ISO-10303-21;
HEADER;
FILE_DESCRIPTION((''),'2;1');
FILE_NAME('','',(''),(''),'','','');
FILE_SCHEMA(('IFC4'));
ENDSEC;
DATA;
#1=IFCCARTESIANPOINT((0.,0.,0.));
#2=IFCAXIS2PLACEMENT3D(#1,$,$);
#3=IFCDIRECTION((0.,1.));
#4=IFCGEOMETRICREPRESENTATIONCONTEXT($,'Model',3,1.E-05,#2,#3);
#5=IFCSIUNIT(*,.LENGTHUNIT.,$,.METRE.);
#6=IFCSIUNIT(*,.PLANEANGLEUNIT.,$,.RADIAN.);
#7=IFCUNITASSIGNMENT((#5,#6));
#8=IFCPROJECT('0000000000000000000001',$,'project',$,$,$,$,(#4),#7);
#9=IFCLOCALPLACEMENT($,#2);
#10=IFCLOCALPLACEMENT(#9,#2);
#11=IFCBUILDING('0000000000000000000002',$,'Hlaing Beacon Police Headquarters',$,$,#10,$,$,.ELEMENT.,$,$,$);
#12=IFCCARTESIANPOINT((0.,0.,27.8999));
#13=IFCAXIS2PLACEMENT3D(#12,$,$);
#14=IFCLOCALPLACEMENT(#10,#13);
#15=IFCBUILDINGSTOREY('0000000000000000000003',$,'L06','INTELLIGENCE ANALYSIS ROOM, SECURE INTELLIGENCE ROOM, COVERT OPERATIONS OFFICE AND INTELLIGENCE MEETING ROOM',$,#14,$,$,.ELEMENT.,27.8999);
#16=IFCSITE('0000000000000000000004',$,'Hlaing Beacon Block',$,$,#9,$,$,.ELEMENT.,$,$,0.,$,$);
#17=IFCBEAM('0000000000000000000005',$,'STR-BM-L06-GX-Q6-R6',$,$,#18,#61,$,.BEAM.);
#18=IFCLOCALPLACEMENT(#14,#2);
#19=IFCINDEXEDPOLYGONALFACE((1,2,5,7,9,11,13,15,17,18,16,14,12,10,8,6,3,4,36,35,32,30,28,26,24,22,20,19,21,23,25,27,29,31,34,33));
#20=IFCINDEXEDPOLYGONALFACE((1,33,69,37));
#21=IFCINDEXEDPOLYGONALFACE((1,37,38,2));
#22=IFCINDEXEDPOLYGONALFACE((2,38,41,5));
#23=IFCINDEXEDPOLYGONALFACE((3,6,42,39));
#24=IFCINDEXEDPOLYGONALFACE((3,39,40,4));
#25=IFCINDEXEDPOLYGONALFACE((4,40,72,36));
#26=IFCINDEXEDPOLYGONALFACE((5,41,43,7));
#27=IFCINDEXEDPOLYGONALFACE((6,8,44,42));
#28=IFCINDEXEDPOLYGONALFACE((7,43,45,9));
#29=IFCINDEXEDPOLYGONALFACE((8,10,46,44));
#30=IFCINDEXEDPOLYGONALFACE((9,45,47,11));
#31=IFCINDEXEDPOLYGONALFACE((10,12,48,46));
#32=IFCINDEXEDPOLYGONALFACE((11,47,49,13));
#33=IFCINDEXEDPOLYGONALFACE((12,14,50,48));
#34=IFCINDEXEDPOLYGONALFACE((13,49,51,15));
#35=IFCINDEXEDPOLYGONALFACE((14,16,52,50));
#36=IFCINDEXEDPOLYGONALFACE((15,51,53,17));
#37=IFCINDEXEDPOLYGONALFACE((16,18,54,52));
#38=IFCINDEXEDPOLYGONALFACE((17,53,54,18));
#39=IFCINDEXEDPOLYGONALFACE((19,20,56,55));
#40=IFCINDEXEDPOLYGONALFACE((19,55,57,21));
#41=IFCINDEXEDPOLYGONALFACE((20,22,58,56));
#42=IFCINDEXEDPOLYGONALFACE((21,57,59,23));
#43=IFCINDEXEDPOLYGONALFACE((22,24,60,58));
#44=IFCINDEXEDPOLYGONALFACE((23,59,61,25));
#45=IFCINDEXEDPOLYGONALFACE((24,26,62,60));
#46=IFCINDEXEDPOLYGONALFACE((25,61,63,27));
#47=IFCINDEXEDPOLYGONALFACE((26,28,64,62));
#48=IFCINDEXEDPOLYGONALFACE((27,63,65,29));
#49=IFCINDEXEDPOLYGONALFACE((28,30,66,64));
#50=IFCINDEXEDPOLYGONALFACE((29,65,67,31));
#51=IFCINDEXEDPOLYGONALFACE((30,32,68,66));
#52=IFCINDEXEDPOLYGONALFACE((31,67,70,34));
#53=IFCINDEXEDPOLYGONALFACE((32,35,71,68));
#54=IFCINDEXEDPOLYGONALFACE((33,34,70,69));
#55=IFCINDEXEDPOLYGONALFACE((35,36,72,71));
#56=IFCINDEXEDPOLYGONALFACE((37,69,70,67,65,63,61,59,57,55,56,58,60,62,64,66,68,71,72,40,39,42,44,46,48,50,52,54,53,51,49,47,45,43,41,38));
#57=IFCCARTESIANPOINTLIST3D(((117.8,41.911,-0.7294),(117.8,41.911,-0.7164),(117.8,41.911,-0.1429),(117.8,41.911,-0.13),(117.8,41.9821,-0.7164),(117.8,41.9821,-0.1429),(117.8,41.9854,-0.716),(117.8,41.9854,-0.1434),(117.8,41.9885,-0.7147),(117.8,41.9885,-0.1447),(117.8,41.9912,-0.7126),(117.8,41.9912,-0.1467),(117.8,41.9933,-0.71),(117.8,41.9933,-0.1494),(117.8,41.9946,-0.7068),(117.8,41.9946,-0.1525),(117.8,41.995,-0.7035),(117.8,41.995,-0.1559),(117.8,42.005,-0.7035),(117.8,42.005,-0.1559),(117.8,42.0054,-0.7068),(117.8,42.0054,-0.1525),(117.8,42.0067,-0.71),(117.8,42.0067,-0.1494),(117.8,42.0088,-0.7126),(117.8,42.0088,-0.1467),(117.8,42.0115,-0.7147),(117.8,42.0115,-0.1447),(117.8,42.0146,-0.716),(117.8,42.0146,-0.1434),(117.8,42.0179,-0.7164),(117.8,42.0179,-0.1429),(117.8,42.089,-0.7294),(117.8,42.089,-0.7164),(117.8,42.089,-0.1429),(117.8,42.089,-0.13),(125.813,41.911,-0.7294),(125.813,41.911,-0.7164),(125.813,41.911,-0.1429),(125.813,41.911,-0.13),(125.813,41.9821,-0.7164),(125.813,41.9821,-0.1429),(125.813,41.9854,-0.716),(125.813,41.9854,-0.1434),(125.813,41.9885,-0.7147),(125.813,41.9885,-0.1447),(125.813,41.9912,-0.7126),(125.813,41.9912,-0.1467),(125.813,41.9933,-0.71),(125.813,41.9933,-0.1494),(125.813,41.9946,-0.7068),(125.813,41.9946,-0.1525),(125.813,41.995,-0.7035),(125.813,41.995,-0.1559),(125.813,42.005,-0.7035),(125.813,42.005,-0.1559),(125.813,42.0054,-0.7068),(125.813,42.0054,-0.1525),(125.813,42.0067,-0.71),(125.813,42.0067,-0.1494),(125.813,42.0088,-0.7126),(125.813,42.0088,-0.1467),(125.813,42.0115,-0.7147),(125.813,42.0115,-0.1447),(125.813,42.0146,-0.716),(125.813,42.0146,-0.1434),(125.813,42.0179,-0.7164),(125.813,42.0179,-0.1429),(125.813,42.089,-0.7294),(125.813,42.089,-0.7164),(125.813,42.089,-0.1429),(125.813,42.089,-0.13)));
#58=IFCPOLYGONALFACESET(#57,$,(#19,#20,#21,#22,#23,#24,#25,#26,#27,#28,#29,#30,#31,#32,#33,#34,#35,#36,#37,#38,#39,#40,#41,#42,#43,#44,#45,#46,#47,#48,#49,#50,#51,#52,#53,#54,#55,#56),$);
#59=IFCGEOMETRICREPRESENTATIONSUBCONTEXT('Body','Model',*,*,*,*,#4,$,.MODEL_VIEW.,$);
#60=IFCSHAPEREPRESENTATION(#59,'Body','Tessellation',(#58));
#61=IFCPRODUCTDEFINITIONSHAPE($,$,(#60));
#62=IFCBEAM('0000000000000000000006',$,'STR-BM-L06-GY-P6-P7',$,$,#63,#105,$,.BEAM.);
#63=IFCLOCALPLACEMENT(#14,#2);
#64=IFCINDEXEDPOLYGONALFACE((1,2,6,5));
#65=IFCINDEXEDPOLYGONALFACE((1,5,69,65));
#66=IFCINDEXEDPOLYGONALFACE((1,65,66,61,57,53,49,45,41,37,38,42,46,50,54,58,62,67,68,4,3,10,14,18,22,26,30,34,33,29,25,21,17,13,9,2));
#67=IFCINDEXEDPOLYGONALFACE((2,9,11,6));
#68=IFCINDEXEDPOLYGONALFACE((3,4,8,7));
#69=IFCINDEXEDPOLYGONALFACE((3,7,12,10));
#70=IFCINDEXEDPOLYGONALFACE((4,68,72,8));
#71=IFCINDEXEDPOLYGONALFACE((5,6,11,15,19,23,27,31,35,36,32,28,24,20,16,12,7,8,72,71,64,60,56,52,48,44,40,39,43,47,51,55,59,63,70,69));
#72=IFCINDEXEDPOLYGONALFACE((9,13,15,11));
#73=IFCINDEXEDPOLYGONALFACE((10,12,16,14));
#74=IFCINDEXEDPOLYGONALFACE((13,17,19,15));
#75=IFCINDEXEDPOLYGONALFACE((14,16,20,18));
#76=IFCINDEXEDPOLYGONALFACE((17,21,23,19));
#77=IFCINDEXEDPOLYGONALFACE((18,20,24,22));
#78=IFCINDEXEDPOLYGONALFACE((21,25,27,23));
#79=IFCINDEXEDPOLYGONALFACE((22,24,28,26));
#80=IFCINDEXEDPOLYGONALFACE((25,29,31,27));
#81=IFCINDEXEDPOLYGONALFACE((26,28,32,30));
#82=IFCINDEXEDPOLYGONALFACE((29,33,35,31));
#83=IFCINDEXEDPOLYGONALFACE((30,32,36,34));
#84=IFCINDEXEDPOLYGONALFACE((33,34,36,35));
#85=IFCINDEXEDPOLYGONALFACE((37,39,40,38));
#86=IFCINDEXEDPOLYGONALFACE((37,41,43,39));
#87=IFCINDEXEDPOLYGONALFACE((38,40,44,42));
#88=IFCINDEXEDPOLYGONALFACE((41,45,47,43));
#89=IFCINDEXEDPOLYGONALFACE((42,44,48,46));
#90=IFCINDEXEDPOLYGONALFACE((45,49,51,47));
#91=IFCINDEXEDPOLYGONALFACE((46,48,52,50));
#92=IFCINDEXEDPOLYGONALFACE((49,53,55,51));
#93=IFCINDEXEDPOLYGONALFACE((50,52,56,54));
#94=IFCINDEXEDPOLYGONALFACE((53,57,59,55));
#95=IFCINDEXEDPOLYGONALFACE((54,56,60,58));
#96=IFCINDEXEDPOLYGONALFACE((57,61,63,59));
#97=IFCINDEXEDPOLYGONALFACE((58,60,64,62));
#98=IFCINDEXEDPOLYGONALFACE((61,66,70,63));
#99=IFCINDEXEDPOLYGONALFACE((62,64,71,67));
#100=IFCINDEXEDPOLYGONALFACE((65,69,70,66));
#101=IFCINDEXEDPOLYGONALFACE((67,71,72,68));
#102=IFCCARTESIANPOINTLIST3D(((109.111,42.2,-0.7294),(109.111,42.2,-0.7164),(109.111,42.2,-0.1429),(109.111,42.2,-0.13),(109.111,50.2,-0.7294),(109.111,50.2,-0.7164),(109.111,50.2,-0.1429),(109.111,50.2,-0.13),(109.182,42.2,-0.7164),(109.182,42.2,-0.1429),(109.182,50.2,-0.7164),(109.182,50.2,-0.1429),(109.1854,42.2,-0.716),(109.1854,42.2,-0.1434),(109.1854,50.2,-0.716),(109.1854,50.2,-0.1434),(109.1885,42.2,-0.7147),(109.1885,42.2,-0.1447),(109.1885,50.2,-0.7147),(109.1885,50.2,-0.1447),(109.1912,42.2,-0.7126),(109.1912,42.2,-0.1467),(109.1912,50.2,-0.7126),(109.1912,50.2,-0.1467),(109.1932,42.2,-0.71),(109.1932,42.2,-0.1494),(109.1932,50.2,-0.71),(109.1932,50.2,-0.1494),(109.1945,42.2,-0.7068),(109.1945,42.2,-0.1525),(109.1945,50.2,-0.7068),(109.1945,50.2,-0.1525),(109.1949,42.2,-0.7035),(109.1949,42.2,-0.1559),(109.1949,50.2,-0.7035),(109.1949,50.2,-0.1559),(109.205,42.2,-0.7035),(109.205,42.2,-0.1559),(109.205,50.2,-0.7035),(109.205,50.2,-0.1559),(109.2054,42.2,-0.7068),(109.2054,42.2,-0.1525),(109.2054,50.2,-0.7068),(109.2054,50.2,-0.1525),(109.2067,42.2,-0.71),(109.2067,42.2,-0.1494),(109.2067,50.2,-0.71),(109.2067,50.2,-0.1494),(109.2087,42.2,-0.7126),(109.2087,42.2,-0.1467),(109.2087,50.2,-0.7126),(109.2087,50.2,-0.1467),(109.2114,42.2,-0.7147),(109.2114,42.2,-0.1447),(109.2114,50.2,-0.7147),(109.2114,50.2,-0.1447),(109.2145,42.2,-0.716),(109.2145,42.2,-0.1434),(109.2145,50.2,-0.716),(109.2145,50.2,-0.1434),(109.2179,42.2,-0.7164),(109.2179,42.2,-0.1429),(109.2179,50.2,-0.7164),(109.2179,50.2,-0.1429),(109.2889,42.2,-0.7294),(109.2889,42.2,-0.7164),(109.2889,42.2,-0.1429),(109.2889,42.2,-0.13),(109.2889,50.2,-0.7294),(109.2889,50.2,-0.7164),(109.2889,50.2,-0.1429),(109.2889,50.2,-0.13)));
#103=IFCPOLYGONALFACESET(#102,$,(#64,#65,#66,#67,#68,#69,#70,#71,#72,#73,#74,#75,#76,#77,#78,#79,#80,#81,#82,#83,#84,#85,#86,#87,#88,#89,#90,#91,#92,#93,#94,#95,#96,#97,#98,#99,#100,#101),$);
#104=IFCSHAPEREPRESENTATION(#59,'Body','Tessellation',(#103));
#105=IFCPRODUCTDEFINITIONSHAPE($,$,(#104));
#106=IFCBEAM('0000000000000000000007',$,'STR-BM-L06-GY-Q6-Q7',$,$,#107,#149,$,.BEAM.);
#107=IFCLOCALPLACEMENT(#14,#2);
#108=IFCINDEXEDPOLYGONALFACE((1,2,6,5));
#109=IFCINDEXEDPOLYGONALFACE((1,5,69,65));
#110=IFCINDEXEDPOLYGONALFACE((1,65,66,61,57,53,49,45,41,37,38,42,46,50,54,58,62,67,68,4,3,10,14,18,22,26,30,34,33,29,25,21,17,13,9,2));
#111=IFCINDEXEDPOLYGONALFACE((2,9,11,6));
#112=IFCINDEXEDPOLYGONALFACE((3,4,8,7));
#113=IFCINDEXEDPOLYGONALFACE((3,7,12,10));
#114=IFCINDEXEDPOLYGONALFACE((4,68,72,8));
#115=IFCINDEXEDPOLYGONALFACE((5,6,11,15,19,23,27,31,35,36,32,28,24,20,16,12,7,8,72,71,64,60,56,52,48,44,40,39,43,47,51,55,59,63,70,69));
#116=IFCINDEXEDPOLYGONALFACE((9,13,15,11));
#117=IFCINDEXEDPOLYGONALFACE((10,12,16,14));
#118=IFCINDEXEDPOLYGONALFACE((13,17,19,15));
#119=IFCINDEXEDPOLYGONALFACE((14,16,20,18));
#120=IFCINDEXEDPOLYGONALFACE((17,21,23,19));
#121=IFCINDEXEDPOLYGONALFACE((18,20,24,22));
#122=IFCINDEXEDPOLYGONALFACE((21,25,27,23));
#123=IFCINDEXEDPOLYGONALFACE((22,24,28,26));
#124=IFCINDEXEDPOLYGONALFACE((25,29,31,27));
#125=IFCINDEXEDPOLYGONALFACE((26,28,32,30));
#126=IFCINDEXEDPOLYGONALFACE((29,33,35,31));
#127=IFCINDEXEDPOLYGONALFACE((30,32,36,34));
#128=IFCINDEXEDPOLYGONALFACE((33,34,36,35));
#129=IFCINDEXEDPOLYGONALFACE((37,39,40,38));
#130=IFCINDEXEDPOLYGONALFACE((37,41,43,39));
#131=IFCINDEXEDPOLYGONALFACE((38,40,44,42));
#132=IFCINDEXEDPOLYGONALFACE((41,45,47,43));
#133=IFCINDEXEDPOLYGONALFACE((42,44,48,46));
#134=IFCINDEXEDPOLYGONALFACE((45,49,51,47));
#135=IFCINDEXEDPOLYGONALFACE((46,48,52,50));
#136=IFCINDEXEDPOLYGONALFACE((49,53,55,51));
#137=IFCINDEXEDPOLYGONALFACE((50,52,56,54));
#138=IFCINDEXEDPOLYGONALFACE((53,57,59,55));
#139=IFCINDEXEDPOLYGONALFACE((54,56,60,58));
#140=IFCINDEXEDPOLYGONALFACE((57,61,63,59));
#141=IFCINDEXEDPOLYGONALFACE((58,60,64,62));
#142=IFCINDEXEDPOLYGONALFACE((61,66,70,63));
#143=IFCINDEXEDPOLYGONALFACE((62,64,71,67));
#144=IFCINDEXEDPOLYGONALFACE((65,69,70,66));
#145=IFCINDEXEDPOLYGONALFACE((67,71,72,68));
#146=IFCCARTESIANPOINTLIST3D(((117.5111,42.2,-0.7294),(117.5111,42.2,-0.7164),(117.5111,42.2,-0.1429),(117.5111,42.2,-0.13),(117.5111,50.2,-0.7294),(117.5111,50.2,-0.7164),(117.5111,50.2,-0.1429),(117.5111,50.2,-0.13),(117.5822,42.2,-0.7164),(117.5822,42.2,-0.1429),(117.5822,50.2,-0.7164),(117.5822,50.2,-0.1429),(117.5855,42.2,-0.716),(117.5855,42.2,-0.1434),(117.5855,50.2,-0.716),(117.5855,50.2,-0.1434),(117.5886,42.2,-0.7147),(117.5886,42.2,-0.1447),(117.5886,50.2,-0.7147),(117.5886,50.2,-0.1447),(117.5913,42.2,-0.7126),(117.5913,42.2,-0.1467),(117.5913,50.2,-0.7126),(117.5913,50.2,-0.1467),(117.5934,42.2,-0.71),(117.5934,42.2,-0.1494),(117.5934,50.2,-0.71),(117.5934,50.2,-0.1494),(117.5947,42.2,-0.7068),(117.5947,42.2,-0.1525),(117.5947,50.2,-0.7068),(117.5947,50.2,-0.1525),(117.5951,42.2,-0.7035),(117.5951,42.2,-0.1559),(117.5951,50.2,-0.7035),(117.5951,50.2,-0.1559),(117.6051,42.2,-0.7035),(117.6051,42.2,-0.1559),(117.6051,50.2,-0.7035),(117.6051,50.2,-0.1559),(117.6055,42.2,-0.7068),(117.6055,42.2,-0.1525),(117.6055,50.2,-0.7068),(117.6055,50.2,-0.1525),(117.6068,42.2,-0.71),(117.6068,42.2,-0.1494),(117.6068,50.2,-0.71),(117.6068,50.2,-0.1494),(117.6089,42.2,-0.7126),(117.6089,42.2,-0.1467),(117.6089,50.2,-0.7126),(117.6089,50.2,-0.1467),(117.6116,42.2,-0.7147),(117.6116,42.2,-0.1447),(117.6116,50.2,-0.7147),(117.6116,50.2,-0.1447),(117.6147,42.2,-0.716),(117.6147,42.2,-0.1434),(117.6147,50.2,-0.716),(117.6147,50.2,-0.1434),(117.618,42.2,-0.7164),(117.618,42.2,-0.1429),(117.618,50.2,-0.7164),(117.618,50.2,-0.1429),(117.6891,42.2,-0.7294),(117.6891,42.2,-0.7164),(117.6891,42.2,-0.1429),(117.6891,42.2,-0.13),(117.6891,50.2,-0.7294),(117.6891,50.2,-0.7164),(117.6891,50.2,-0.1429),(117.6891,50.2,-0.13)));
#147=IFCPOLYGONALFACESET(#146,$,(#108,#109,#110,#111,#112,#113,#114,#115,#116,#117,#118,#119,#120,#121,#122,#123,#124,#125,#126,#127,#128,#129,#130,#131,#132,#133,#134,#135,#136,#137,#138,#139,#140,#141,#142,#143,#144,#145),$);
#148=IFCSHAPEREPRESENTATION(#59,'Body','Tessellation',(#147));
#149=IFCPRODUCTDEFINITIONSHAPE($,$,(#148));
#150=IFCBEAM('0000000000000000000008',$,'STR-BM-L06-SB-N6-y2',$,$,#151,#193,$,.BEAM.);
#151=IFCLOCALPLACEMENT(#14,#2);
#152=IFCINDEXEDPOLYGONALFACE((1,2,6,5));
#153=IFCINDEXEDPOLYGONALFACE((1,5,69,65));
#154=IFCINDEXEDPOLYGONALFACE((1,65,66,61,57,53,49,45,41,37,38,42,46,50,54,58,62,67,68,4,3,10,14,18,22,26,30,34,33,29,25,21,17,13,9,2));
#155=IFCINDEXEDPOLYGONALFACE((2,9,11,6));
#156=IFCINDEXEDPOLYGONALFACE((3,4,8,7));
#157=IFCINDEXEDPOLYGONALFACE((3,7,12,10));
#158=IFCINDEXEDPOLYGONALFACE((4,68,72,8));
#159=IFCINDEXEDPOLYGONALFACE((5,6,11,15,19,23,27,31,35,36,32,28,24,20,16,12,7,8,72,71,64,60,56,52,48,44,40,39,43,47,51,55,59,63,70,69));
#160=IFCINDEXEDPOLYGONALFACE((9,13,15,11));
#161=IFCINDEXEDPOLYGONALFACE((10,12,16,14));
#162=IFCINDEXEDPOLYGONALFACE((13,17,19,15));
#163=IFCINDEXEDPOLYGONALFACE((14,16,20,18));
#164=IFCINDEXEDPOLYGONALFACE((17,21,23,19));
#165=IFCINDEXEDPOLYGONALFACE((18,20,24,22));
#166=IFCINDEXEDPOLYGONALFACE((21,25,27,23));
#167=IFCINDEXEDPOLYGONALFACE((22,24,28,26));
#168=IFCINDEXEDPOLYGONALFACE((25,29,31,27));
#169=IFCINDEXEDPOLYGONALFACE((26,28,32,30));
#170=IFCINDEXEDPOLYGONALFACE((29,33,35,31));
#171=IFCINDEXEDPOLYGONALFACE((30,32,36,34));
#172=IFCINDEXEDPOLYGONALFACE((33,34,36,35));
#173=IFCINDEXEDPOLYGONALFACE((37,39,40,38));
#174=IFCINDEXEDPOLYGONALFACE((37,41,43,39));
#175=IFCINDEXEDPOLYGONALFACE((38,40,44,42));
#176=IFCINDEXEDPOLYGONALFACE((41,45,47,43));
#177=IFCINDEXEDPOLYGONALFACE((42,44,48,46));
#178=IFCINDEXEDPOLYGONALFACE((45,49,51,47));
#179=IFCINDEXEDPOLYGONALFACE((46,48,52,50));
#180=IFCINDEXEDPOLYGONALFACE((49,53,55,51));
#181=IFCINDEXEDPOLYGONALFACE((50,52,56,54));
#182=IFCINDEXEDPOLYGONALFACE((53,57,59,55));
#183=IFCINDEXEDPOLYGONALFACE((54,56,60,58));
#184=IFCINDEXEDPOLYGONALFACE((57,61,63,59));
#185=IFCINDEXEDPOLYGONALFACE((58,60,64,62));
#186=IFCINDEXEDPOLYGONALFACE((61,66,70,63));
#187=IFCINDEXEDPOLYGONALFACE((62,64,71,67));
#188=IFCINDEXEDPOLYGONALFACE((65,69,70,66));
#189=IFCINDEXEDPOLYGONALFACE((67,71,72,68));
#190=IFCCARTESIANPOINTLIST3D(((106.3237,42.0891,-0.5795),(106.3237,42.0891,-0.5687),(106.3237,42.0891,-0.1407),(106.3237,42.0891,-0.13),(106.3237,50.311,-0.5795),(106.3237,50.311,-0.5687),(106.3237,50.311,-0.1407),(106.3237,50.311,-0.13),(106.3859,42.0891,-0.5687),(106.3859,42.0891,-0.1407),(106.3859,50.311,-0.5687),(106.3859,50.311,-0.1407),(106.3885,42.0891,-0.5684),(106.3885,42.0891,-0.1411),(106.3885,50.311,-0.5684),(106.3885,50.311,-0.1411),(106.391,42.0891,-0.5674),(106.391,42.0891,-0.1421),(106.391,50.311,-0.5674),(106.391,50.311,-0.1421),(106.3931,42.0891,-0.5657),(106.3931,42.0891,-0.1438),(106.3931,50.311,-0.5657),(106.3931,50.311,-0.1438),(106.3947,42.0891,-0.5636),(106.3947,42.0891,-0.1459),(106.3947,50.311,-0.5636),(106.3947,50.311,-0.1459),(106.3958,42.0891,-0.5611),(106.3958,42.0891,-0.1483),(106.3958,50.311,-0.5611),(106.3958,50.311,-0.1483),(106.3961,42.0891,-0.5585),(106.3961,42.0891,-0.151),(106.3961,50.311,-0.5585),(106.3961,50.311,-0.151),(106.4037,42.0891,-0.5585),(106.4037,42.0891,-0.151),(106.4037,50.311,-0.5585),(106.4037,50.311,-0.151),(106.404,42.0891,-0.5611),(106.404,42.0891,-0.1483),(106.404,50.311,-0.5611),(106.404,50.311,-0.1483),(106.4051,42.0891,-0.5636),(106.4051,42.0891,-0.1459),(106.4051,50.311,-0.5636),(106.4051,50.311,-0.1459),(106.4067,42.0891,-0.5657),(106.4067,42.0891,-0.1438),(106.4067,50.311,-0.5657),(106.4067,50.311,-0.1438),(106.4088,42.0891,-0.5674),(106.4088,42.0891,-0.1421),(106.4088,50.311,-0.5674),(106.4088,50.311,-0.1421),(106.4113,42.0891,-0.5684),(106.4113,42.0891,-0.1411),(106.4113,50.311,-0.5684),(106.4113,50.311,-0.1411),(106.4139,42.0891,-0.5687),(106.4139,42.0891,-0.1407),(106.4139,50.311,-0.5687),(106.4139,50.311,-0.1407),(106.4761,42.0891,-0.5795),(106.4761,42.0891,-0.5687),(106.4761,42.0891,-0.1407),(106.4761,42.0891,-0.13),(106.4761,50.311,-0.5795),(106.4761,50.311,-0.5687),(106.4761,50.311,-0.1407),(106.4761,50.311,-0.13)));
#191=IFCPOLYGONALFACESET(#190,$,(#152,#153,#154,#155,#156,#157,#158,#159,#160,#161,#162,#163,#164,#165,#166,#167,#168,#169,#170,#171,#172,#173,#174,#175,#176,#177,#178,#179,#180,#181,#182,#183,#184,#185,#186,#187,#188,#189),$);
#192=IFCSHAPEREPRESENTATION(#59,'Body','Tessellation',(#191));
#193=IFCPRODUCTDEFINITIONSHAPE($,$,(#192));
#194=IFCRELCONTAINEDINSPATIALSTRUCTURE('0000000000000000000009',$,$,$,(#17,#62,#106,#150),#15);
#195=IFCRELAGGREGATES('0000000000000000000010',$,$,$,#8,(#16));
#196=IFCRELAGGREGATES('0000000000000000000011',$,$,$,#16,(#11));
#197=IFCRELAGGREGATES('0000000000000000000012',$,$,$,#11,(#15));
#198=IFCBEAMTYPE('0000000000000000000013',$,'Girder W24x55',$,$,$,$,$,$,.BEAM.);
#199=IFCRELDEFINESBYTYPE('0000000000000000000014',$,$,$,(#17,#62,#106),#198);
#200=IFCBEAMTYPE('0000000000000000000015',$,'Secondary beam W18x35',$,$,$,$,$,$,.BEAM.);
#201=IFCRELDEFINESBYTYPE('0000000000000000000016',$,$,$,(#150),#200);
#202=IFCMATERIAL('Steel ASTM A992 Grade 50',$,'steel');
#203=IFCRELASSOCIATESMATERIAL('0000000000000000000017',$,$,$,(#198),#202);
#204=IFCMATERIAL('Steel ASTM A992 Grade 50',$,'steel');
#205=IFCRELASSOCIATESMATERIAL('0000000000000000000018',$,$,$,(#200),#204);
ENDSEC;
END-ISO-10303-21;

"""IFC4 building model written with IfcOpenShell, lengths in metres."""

from ifc_helpers import new_model, si_unit, direction, frame, origin, origin_2d, place, context, subcontext, project, spatial, i_section, extrude, material, material_profile, profile_set, type_object, element, save


model = new_model("IFC4")

# Units and contexts
model_context = context("Model", 3, precision=1e-05, world=origin(), true_north=direction((0.0, 1.0)))
body_context = subcontext(model_context, "Body", "Model", "MODEL_VIEW")
ifc_project = project(units=[si_unit("LENGTHUNIT", "METRE"), si_unit("PLANEANGLEUNIT", "RADIAN")], contexts=[model_context])

# Site, building, storey
site_placement = place(None, origin())
site = spatial("IfcSite", under=ifc_project, at=site_placement, Name="Hlaing Beacon Block", CompositionType="ELEMENT", RefElevation=0.0)
building_placement = place(site_placement, origin())
building = spatial("IfcBuilding", under=site, at=building_placement, Name="Hlaing Beacon Police Headquarters", CompositionType="ELEMENT")
storey_placement = place(building_placement, frame((0.0, 0.0, 27.8999)))
storey = spatial("IfcBuildingStorey", under=building, at=storey_placement, Name="L06", Description="INTELLIGENCE ANALYSIS ROOM, SECURE INTELLIGENCE ROOM, COVERT OPERATIONS OFFICE AND INTELLIGENCE MEETING ROOM", CompositionType="ELEMENT", Elevation=27.8999)

# Beams
ifc_material_1 = material(Name="Steel ASTM A992 Grade 50", Category="steel")
ifc_material_profile_1 = material_profile(ifc_material_1, i_section(OverallWidth=0.178, OverallDepth=0.5994, WebThickness=0.01, FlangeThickness=0.0129, FilletRadius=0.0129, at=origin_2d()), Name="W24x55")
ifc_profile_set_1 = profile_set([ifc_material_profile_1], Name="Steel ASTM A992 Grade 50")
beam_type_1 = type_object("IfcBeamType", Name="Girder W24x55", PredefinedType="BEAM", material=ifc_profile_set_1)
beam_placement = place(storey_placement, frame((117.8, 42.0, -0.4297), z_axis=(1.0, 0.0, 0.0), x_axis=(0.0, 1.0, 0.0)))
element("IfcBeam", 1, at=beam_placement, inside=storey, type_object=beam_type_1, Name="STR-BM-L06-GX-Q6-R6", PredefinedType="BEAM", context=body_context, shape_type="SweptSolid", body=[
    extrude(i_section(OverallWidth=0.178, OverallDepth=0.5994, WebThickness=0.01, FlangeThickness=0.0129, FilletRadius=0.0129, at=origin_2d()), origin(), (0.0, 0.0, 1.0), 8.0129),
])
for number, where, z_axis, x_axis, name in (
    (2, (109.2, 42.2, -0.4297), (0.0, 1.0, 0.0), (-1.0, 0.0, 0.0), "STR-BM-L06-GY-P6-P7"),
    (3, (117.6001, 42.2, -0.4297), (0.0, 1.0, 0.0), (-1.0, 0.0, 0.0), "STR-BM-L06-GY-Q6-Q7"),
):
    element("IfcBeam", number, at=place(storey_placement, frame(where, z_axis=z_axis, x_axis=x_axis)), inside=storey, type_object=beam_type_1, Name=name, PredefinedType="BEAM", context=body_context, shape_type="SweptSolid", body=[
        extrude(i_section(OverallWidth=0.178, OverallDepth=0.5994, WebThickness=0.01, FlangeThickness=0.0129, FilletRadius=0.0129, at=origin_2d()), origin(), (0.0, 0.0, 1.0), 8.0),
    ])
ifc_material_2 = material(Name="Steel ASTM A992 Grade 50", Category="steel")
ifc_material_profile_2 = material_profile(ifc_material_2, i_section(OverallWidth=0.1523, OverallDepth=0.4495, WebThickness=0.0076, FlangeThickness=0.0107, FilletRadius=0.0103, at=origin_2d()), Name="W18x35")
ifc_profile_set_2 = profile_set([ifc_material_profile_2], Name="Steel ASTM A992 Grade 50")
beam_type_2 = type_object("IfcBeamType", Name="Secondary beam W18x35", PredefinedType="BEAM", material=ifc_profile_set_2)
for number, where, z_axis, x_axis, name in (
    (4, (106.3999, 42.0891, -0.3547), (0.0, 1.0, 0.0), (-1.0, 0.0, 0.0), "STR-BM-L06-SB-N6-y2"),
):
    element("IfcBeam", number, at=place(storey_placement, frame(where, z_axis=z_axis, x_axis=x_axis)), inside=storey, type_object=beam_type_2, Name=name, PredefinedType="BEAM", context=body_context, shape_type="SweptSolid", body=[
        extrude(i_section(OverallWidth=0.1523, OverallDepth=0.4495, WebThickness=0.0076, FlangeThickness=0.0107, FilletRadius=0.0103, at=origin_2d()), origin(), (0.0, 0.0, 1.0), 8.2219),
    ])

save(model, "model.ifc")
